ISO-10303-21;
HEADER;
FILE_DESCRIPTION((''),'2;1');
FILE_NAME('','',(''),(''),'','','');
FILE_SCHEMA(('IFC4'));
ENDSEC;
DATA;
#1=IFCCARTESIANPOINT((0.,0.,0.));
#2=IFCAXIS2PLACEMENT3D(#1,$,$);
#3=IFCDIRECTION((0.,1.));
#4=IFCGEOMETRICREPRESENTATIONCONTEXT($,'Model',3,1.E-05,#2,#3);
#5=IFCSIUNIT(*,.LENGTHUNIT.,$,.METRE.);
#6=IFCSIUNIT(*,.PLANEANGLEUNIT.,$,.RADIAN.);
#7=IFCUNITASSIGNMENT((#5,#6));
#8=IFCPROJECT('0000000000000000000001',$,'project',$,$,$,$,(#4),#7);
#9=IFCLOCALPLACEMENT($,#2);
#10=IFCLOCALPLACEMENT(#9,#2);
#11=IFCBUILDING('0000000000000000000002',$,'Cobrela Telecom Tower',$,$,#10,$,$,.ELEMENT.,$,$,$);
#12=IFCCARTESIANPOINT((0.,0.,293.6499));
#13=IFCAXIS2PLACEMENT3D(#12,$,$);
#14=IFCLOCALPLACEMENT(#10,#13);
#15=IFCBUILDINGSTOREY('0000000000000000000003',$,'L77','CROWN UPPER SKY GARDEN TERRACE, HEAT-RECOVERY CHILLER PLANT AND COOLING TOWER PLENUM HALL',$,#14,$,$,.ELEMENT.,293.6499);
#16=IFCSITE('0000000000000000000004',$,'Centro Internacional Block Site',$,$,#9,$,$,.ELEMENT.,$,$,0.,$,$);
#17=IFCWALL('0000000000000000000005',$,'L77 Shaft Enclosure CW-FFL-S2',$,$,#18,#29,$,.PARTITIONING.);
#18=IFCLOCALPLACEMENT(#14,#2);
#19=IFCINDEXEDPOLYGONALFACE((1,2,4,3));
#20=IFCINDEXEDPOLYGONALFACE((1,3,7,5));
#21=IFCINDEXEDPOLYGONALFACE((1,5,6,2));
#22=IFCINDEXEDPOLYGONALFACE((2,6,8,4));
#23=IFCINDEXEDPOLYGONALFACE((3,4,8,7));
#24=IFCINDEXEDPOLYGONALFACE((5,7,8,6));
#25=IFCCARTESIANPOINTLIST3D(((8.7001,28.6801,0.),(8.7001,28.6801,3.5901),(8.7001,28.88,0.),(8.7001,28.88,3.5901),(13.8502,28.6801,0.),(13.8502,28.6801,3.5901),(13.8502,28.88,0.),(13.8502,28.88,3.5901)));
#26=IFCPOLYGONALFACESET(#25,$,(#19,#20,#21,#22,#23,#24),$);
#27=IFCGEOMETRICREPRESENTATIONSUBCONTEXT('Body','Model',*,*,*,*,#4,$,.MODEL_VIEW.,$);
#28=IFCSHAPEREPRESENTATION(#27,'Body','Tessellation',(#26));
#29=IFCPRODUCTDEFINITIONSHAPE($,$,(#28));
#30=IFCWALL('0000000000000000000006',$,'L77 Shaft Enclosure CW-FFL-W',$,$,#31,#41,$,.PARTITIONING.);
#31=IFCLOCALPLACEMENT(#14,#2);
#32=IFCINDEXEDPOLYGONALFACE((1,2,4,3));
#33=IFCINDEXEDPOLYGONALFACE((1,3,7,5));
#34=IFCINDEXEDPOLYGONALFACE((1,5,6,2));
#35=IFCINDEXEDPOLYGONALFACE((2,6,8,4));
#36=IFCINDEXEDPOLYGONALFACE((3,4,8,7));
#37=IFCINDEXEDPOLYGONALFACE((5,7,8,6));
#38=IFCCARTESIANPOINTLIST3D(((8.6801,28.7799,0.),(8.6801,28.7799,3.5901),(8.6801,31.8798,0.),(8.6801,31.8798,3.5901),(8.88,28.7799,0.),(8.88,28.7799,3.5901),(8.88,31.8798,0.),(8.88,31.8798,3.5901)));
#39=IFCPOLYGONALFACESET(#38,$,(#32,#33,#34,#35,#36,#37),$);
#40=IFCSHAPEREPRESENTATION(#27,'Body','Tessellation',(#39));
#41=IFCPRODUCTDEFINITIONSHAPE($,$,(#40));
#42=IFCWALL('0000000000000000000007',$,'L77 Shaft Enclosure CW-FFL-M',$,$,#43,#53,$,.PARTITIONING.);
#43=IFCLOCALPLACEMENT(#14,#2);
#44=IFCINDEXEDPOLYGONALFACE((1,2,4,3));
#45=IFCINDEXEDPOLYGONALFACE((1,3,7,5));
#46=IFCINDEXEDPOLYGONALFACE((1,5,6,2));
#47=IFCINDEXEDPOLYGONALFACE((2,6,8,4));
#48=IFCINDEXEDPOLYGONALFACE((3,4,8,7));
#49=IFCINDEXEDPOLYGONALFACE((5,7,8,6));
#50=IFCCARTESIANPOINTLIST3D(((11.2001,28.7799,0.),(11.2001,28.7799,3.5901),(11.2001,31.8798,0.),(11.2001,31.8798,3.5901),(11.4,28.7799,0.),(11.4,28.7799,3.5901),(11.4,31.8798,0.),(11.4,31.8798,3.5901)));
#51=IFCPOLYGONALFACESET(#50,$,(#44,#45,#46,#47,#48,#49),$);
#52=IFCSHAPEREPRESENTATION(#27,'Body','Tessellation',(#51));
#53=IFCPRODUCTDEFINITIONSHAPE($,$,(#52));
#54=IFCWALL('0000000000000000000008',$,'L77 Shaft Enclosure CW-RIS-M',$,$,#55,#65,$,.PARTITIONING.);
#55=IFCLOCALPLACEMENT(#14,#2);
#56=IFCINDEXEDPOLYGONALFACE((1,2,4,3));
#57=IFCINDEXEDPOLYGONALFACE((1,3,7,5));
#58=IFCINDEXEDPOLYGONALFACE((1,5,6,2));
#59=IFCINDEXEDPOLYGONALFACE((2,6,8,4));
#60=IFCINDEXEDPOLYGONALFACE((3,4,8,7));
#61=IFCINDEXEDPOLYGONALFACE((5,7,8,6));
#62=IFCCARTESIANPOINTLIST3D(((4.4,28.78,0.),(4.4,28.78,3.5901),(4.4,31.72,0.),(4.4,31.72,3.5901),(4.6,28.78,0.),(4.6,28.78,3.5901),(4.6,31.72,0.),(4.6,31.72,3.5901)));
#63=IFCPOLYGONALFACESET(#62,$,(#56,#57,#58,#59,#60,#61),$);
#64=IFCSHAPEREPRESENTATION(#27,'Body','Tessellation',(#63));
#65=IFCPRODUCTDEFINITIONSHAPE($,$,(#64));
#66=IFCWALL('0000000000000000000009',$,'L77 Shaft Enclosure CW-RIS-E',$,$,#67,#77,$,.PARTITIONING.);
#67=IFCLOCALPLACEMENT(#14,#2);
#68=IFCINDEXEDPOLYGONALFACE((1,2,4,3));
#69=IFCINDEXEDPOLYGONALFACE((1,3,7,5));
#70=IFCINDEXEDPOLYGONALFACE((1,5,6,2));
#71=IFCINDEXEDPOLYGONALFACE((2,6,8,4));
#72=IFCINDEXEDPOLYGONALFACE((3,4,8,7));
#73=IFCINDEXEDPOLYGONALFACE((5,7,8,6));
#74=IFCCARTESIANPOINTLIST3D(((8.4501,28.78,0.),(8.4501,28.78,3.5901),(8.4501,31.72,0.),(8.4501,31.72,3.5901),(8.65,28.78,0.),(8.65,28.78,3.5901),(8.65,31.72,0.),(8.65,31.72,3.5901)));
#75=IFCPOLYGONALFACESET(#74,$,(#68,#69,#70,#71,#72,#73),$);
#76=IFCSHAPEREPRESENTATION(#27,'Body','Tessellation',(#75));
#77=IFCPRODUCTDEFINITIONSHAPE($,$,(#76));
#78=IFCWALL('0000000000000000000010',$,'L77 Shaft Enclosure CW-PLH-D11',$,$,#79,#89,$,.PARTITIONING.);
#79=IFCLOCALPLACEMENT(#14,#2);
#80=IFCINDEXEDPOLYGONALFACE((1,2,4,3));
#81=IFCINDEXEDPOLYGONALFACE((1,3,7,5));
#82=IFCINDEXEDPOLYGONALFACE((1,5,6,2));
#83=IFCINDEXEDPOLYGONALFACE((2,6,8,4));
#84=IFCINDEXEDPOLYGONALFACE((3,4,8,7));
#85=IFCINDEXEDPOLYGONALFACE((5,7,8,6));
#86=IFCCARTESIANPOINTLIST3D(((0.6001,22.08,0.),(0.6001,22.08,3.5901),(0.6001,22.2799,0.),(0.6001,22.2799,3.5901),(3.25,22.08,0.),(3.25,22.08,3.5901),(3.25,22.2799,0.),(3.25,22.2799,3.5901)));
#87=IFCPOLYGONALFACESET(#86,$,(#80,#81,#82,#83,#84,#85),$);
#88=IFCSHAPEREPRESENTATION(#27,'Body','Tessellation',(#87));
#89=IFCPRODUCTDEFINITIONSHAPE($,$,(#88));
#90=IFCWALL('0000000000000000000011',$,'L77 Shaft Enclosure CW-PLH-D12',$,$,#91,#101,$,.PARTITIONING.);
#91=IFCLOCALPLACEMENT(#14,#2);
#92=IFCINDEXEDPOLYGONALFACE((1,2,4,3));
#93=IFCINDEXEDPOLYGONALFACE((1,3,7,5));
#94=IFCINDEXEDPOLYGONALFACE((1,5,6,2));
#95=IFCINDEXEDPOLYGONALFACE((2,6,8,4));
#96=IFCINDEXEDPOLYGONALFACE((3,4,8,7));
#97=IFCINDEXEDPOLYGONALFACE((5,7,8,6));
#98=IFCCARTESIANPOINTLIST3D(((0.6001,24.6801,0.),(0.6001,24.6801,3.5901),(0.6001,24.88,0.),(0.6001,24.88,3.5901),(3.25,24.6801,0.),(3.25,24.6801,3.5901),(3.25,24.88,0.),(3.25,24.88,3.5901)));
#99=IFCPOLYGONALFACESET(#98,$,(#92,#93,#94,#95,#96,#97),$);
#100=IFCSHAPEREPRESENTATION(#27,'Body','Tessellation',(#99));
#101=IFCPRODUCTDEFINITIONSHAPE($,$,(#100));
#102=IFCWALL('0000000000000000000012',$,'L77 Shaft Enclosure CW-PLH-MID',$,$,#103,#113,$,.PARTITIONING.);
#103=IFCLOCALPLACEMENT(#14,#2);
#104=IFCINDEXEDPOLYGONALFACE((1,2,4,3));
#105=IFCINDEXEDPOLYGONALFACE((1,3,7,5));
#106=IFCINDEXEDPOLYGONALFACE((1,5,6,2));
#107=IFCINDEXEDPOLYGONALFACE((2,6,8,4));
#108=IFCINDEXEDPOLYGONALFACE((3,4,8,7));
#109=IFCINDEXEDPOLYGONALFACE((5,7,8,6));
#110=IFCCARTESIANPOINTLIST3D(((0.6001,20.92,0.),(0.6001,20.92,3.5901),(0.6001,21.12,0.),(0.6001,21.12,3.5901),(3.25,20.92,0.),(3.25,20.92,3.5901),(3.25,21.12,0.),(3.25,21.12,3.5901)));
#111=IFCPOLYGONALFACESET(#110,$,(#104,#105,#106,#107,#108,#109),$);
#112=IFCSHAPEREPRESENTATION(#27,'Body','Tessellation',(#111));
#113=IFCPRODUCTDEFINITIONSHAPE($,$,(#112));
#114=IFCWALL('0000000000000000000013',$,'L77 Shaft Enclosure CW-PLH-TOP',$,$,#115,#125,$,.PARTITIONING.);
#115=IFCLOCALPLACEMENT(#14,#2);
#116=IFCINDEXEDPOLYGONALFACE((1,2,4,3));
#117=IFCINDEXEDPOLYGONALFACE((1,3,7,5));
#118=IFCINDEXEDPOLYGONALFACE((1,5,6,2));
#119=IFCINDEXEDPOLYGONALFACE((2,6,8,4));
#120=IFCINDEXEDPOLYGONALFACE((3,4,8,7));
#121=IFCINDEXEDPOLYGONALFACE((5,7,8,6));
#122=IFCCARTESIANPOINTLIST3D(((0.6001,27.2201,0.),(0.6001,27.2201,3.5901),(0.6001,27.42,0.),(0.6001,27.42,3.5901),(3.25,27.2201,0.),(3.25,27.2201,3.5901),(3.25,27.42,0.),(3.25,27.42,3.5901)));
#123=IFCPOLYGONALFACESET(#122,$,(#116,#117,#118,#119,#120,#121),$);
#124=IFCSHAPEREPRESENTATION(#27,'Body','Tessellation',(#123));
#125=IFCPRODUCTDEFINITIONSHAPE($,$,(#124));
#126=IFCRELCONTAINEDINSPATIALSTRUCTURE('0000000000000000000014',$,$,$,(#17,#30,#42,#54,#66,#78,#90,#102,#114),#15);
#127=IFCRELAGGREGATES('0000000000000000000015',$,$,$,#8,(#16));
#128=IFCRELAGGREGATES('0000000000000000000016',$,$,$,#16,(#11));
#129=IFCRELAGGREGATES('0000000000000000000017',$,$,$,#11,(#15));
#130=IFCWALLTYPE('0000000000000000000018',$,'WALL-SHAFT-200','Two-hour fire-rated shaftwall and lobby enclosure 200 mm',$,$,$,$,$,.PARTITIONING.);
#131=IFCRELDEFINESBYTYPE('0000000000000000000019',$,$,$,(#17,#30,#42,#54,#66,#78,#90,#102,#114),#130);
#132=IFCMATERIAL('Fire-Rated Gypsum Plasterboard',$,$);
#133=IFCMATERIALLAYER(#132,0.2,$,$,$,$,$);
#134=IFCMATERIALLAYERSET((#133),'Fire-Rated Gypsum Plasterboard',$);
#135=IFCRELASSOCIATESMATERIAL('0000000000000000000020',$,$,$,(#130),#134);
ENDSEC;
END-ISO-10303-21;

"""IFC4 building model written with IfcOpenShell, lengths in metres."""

from ifc_helpers import new_model, si_unit, direction, frame, frame_2d, origin, place, context, subcontext, project, spatial, rectangle, extrude, material, layer, layer_set, type_object, element, save


model = new_model("IFC4")

# Units and contexts
model_context = context("Model", 3, precision=1e-05, world=origin(), true_north=direction((0.0, 1.0)))
body_context = subcontext(model_context, "Body", "Model", "MODEL_VIEW")
ifc_project = project(units=[si_unit("LENGTHUNIT", "METRE"), si_unit("PLANEANGLEUNIT", "RADIAN")], contexts=[model_context])

# Site, building, storey
site_placement = place(None, origin())
site = spatial("IfcSite", under=ifc_project, at=site_placement, Name="Centro Internacional Block Site", CompositionType="ELEMENT", RefElevation=0.0)
building_placement = place(site_placement, origin())
building = spatial("IfcBuilding", under=site, at=building_placement, Name="Cobrela Telecom Tower", CompositionType="ELEMENT")
storey_placement = place(building_placement, frame((0.0, 0.0, 293.6499)))
storey = spatial("IfcBuildingStorey", under=building, at=storey_placement, Name="L77", Description="CROWN UPPER SKY GARDEN TERRACE, HEAT-RECOVERY CHILLER PLANT AND COOLING TOWER PLENUM HALL", CompositionType="ELEMENT", Elevation=293.6499)

# Shared definitions
ifc_material_1 = material(Name="Fire-Rated Gypsum Plasterboard")

# Walls
ifc_layer_1 = layer(ifc_material_1, 0.2)
ifc_layer_set_1 = layer_set([ifc_layer_1], Name="Fire-Rated Gypsum Plasterboard")
wall_type_1 = type_object("IfcWallType", Name="WALL-SHAFT-200", Description="Two-hour fire-rated shaftwall and lobby enclosure 200 mm", PredefinedType="PARTITIONING", material=ifc_layer_set_1)
wall_1_placement = place(storey_placement, frame((8.7, 28.78, 0.0), z_axis=(0.0, 0.0, 1.0), x_axis=(1.0, 0.0, 0.0)))
element("IfcWall", 1, at=wall_1_placement, inside=storey, type_object=wall_type_1, Name="L77 Shaft Enclosure CW-FFL-S2", PredefinedType="PARTITIONING", context=body_context, shape_type="SweptSolid", body=[
    extrude(rectangle(XDim=5.1501, YDim=0.2, at=frame_2d((2.5752, 0.0))), origin(), (0.0, 0.0, 1.0), 3.5901),
])
for number, where, z_axis, x_axis, name in (
    (2, (8.78, 28.78, 0.0), (0.0, 0.0, 1.0), (0.0, 1.0, 0.0), "L77 Shaft Enclosure CW-FFL-W"),
    (3, (11.3, 28.78, 0.0), (0.0, 0.0, 1.0), (0.0, 1.0, 0.0), "L77 Shaft Enclosure CW-FFL-M"),
):
    element("IfcWall", number, at=place(storey_placement, frame(where, z_axis=z_axis, x_axis=x_axis)), inside=storey, type_object=wall_type_1, Name=name, PredefinedType="PARTITIONING", context=body_context, shape_type="SweptSolid", body=[
        extrude(rectangle(XDim=3.0999, YDim=0.2, at=frame_2d((1.5498, 0.0))), origin(), (0.0, 0.0, 1.0), 3.5901),
    ])

# Walls
for number, where, z_axis, x_axis, name in (
    (4, (4.5, 28.78, 0.0), (0.0, 0.0, 1.0), (0.0, 1.0, 0.0), "L77 Shaft Enclosure CW-RIS-M"),
    (5, (8.55, 28.78, 0.0), (0.0, 0.0, 1.0), (0.0, 1.0, 0.0), "L77 Shaft Enclosure CW-RIS-E"),
):
    element("IfcWall", number, at=place(storey_placement, frame(where, z_axis=z_axis, x_axis=x_axis)), inside=storey, type_object=wall_type_1, Name=name, PredefinedType="PARTITIONING", context=body_context, shape_type="SweptSolid", body=[
        extrude(rectangle(XDim=2.9399, YDim=0.2, at=frame_2d((1.47, 0.0))), origin(), (0.0, 0.0, 1.0), 3.5901),
    ])
for number, where, z_axis, x_axis, name in (
    (6, (0.6001, 22.1799, 0.0), (0.0, 0.0, 1.0), (1.0, 0.0, 0.0), "L77 Shaft Enclosure CW-PLH-D11"),
    (7, (0.6001, 24.78, 0.0), (0.0, 0.0, 1.0), (1.0, 0.0, 0.0), "L77 Shaft Enclosure CW-PLH-D12"),
    (8, (0.6001, 21.02, 0.0), (0.0, 0.0, 1.0), (1.0, 0.0, 0.0), "L77 Shaft Enclosure CW-PLH-MID"),
    (9, (0.6001, 27.3201, 0.0), (0.0, 0.0, 1.0), (1.0, 0.0, 0.0), "L77 Shaft Enclosure CW-PLH-TOP"),
):
    element("IfcWall", number, at=place(storey_placement, frame(where, z_axis=z_axis, x_axis=x_axis)), inside=storey, type_object=wall_type_1, Name=name, PredefinedType="PARTITIONING", context=body_context, shape_type="SweptSolid", body=[
        extrude(rectangle(XDim=2.6499, YDim=0.2, at=frame_2d((1.325, 0.0))), origin(), (0.0, 0.0, 1.0), 3.5901),
    ])

save(model, "model.ifc")
